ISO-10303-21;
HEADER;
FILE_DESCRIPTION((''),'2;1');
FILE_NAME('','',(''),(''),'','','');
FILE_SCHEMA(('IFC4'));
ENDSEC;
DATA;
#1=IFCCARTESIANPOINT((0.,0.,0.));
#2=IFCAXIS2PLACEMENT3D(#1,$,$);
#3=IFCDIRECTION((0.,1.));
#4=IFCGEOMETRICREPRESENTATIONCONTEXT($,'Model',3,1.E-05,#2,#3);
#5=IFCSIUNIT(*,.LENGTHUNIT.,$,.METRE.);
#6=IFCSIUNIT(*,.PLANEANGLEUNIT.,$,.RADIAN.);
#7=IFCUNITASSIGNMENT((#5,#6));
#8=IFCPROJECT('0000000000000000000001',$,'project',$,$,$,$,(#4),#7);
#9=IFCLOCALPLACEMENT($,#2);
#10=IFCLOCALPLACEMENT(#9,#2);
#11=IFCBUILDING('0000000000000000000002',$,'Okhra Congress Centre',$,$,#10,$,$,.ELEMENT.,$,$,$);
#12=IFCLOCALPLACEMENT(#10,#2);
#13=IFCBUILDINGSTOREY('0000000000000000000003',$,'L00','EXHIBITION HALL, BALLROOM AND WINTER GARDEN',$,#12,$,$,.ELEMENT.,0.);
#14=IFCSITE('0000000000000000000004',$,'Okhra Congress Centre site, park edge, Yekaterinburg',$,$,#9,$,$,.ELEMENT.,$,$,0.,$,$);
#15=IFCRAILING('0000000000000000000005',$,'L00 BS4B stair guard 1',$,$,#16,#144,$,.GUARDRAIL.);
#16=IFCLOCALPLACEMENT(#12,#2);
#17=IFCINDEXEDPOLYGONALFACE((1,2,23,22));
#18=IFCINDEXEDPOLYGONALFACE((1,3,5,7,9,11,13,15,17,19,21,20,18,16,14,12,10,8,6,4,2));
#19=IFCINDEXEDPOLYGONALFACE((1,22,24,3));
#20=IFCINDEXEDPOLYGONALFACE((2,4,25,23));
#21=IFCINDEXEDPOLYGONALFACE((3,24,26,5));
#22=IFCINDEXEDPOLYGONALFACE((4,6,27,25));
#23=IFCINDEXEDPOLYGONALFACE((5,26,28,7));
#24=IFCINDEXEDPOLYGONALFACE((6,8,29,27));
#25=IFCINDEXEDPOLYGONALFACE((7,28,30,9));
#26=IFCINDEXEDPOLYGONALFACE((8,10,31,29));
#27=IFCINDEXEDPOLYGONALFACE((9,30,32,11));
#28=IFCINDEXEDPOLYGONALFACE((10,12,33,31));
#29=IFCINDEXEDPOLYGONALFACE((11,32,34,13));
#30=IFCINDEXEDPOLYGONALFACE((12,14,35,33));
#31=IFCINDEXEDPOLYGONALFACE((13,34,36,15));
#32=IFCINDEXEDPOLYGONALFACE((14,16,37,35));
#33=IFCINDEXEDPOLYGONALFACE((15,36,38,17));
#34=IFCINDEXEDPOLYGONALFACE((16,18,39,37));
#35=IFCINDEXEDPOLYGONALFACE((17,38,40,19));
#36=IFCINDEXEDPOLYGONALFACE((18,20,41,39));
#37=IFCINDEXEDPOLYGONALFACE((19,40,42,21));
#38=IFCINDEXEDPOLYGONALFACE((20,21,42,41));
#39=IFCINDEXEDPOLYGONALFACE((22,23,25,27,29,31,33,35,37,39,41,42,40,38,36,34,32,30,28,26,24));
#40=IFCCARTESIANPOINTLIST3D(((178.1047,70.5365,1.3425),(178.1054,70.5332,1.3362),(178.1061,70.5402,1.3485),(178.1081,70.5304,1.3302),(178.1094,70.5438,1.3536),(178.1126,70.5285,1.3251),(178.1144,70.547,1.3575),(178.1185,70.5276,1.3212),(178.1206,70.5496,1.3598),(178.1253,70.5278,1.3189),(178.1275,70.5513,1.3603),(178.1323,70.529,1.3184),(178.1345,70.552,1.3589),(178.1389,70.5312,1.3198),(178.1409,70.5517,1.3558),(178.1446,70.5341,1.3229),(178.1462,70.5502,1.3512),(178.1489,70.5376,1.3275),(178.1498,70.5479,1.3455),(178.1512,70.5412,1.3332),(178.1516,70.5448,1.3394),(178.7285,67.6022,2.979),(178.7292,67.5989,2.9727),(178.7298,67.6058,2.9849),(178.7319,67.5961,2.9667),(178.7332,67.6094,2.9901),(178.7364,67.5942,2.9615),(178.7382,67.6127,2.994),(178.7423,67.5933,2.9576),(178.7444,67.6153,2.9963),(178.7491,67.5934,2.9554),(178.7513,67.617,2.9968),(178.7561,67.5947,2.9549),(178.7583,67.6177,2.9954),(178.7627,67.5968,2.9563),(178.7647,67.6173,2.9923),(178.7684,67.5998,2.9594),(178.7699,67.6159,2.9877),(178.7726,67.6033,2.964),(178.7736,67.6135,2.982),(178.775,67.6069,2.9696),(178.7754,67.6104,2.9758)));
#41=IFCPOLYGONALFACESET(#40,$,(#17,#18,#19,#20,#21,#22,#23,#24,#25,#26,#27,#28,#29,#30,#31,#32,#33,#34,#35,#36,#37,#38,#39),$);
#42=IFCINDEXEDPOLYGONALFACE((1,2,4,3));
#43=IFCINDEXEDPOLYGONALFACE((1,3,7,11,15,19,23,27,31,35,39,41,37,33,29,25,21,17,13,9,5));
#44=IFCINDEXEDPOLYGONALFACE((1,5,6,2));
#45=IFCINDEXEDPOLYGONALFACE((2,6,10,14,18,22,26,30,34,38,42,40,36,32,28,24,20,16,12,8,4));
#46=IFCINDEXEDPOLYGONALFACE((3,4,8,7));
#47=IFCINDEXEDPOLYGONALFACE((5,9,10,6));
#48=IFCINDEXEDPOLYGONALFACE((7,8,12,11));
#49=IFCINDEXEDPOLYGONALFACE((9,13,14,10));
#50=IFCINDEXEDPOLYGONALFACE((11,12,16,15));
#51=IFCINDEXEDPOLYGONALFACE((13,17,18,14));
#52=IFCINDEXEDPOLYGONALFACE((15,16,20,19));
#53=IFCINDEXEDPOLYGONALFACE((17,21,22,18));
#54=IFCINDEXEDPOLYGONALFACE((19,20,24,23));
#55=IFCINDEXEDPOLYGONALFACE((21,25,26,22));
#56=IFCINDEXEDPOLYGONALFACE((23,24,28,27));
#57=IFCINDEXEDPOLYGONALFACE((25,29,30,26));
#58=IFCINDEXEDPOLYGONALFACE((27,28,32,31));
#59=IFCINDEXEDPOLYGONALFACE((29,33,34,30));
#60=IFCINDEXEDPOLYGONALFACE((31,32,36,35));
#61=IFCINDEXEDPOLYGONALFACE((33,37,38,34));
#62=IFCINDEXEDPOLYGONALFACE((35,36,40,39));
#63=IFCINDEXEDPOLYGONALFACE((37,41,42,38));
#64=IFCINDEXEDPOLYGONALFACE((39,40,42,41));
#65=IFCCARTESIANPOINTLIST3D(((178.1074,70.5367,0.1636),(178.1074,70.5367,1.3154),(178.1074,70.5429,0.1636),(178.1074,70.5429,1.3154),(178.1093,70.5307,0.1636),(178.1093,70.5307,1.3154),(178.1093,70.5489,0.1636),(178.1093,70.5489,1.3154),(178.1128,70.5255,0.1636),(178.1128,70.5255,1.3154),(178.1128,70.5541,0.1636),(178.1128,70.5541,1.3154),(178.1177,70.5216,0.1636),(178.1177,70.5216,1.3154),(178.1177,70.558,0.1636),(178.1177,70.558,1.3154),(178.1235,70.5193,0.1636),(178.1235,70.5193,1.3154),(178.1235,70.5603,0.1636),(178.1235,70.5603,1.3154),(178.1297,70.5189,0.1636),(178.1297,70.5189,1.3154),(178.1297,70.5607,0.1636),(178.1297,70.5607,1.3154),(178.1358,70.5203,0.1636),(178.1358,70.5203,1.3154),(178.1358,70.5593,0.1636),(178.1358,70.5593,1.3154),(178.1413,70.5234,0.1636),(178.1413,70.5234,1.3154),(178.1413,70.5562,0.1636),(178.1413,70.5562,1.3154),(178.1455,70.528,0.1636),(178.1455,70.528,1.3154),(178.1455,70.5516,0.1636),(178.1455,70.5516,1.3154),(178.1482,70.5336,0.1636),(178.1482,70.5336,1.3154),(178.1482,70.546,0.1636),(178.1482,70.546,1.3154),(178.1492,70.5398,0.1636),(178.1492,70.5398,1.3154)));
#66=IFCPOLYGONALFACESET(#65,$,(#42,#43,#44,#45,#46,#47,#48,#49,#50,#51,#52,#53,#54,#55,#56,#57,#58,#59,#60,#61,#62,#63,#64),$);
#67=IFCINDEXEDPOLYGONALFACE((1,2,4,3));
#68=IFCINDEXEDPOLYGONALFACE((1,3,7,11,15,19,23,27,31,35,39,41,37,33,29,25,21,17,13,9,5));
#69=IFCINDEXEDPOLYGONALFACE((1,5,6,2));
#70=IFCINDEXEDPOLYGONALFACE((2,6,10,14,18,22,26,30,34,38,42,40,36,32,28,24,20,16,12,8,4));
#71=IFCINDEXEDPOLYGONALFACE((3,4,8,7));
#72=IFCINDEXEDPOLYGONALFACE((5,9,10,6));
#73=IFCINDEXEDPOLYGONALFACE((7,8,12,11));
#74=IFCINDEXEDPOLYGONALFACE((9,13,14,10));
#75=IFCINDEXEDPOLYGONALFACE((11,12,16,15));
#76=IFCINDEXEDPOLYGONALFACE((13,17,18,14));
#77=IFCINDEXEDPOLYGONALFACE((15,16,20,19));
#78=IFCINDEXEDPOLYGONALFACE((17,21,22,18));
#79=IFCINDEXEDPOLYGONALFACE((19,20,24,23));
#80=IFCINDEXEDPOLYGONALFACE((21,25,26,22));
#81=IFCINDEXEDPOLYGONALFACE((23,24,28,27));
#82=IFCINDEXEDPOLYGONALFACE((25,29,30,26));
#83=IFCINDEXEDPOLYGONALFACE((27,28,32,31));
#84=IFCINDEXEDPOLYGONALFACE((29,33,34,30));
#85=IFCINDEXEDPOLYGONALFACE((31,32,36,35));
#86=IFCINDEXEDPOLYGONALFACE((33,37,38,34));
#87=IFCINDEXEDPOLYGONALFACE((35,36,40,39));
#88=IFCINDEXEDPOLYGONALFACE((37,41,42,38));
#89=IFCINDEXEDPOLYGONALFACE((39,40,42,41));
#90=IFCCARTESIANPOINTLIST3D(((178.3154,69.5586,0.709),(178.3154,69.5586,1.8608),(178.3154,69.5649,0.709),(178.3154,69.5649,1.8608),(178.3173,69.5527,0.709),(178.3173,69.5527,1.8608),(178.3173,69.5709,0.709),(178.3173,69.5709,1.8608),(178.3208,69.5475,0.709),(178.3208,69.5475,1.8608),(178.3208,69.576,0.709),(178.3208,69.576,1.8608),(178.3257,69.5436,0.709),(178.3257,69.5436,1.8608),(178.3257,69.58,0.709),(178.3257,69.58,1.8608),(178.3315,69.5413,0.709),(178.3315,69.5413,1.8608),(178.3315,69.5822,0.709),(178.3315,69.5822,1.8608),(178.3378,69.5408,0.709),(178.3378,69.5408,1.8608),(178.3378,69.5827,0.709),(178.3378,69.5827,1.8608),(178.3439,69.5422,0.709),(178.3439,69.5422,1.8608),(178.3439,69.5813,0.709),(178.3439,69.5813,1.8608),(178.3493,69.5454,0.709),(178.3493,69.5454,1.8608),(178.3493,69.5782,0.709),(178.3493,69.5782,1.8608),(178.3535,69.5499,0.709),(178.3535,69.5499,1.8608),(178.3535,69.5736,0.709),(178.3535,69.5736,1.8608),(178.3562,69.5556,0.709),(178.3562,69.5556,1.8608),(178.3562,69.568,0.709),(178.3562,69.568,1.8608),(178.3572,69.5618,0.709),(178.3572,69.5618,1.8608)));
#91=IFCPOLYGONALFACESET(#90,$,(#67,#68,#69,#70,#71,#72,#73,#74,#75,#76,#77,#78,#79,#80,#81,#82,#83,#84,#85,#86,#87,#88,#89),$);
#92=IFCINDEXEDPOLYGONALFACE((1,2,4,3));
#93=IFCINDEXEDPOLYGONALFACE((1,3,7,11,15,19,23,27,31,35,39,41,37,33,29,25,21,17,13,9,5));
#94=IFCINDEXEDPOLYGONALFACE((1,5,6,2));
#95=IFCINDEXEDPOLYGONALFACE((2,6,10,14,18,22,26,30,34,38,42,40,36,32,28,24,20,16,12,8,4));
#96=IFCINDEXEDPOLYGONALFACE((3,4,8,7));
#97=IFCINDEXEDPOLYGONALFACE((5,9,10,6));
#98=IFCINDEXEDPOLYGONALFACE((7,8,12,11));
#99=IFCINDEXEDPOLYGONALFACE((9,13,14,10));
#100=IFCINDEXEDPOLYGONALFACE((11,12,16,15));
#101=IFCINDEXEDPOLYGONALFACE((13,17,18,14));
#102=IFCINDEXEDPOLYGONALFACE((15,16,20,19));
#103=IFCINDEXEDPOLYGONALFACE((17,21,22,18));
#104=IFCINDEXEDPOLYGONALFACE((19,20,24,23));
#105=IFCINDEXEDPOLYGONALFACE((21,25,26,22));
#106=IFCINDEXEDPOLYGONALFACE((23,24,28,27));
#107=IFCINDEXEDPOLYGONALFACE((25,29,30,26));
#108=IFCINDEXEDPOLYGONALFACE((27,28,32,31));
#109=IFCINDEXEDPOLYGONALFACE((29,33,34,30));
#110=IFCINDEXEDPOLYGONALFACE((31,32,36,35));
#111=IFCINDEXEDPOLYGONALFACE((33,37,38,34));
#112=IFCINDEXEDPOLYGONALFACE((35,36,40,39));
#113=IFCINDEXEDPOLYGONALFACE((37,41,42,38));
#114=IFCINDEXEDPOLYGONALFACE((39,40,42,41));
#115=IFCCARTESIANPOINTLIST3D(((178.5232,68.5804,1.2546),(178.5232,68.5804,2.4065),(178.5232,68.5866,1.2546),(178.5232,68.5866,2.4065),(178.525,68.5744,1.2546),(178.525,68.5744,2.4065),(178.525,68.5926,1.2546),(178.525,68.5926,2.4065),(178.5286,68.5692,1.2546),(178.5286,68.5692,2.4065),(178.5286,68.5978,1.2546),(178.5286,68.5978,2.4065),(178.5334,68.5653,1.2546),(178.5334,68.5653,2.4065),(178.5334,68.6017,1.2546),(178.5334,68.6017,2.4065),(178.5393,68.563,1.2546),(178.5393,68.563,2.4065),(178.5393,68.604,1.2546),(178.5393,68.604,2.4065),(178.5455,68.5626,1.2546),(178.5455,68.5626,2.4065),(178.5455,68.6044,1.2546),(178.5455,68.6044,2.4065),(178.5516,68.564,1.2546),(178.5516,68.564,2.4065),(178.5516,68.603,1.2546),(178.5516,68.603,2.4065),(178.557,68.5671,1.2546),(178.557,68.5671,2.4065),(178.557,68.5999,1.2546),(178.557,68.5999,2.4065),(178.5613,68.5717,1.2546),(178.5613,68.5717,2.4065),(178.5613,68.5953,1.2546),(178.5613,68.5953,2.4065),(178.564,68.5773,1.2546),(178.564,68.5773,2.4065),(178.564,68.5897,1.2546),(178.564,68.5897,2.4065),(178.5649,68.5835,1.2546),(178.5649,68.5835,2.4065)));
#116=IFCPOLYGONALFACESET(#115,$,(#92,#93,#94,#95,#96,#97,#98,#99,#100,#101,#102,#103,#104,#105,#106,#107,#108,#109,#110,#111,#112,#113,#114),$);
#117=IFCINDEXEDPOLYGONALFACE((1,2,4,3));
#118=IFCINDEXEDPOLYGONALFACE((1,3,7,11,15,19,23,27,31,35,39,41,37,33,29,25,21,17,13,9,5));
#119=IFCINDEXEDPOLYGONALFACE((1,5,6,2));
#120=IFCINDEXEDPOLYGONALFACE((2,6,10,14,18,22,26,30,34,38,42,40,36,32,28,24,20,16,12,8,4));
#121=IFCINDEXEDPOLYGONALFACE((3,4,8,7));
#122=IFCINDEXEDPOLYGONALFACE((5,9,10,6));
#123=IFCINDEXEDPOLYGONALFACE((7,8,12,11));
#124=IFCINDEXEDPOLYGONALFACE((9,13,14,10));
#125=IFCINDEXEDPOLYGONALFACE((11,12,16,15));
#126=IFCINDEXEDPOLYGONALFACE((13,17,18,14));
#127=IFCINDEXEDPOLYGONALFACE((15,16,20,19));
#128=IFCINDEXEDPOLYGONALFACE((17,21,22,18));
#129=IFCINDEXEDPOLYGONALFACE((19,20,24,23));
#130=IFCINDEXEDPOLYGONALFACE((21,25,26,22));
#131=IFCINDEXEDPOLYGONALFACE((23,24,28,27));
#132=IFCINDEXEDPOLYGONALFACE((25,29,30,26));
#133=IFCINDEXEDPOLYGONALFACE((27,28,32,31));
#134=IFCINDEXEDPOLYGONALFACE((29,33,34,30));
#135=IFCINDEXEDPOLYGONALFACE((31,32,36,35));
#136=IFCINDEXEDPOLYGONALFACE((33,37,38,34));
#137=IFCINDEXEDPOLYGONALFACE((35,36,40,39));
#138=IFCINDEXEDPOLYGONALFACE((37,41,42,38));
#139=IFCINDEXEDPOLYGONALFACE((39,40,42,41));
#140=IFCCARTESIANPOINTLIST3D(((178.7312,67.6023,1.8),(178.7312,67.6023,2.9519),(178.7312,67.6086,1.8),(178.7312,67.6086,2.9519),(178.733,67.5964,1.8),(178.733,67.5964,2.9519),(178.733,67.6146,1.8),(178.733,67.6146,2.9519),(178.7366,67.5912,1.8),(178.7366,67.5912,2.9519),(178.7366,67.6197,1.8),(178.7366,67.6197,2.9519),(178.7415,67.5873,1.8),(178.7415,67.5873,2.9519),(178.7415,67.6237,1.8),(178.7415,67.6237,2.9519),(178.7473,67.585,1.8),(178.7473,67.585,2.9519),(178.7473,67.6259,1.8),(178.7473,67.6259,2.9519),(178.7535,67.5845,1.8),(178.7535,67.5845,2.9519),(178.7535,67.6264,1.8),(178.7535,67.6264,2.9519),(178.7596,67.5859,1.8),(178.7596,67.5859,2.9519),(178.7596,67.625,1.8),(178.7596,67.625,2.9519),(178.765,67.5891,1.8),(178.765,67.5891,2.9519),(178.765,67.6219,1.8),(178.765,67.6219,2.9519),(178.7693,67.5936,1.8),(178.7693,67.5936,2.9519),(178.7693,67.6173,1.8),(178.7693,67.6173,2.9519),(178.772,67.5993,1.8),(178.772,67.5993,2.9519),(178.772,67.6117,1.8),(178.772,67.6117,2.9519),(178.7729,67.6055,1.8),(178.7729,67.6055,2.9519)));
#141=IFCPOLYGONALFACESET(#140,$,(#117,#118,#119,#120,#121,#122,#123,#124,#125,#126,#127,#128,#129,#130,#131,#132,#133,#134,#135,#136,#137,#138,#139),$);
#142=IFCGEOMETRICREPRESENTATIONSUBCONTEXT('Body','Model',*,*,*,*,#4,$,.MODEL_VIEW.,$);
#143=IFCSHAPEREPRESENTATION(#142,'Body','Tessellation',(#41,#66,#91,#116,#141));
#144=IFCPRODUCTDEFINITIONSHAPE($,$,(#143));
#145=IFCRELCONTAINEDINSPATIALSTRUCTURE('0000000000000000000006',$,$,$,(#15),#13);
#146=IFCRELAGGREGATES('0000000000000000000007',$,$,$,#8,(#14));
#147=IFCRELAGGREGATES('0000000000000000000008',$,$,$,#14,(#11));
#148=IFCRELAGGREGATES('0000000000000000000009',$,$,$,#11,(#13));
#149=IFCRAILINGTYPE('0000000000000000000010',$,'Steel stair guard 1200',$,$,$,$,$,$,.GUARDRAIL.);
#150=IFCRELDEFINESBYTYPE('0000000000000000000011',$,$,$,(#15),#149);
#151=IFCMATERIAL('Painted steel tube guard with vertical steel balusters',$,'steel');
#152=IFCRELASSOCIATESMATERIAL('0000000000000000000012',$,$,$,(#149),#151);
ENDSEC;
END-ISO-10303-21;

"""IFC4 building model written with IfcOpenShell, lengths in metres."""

from ifc_helpers import new_model, si_unit, direction, frame, origin, origin_2d, place, context, subcontext, project, spatial, circle, extrude, material, type_object, element, save


model = new_model("IFC4")

# Units and contexts
model_context = context("Model", 3, precision=1e-05, world=origin(), true_north=direction((0.0, 1.0)))
body_context = subcontext(model_context, "Body", "Model", "MODEL_VIEW")
ifc_project = project(units=[si_unit("LENGTHUNIT", "METRE"), si_unit("PLANEANGLEUNIT", "RADIAN")], contexts=[model_context])

# Site, building, storey
site_placement = place(None, origin())
site = spatial("IfcSite", under=ifc_project, at=site_placement, Name="Okhra Congress Centre site, park edge, Yekaterinburg", CompositionType="ELEMENT", RefElevation=0.0)
building_placement = place(site_placement, origin())
building = spatial("IfcBuilding", under=site, at=building_placement, Name="Okhra Congress Centre", CompositionType="ELEMENT")
storey_placement = place(building_placement, origin())
storey = spatial("IfcBuildingStorey", under=building, at=storey_placement, Name="L00", Description="EXHIBITION HALL, BALLROOM AND WINTER GARDEN", CompositionType="ELEMENT", Elevation=0.0)

# Railing
ifc_material_1 = material(Name="Painted steel tube guard with vertical steel balusters", Category="steel")
railing_type_1 = type_object("IfcRailingType", Name="Steel stair guard 1200", PredefinedType="GUARDRAIL", material=ifc_material_1)
railing_1_placement = place(storey_placement, frame((178.1282, 70.5398, 0.1636)))
element("IfcRailing", 1, at=railing_1_placement, inside=storey, type_object=railing_type_1, Name="L00 BS4B stair guard 1", PredefinedType="GUARDRAIL", context=body_context, shape_type="SweptSolid", body=[
    extrude(circle(Radius=0.0239, at=origin_2d()), frame((0.0, 0.0, 1.1758), z_axis=(0.18254, -0.858687, 0.47889), x_axis=(0.978143, 0.207934, 0.0)), (0.0, 0.0, 1.0), 3.4172),
    extrude(circle(Radius=0.021, at=origin_2d()), origin(), (0.0, 0.0, 1.0), 1.1519),
    extrude(circle(Radius=0.021, at=origin_2d()), frame((0.208, -0.978, 0.5454)), (0.0, 0.0, 1.0), 1.1519),
    extrude(circle(Radius=0.021, at=origin_2d()), frame((0.4158, -1.9563, 1.0911)), (0.0, 0.0, 1.0), 1.1519),
    extrude(circle(Radius=0.021, at=origin_2d()), frame((0.6238, -2.9343, 1.6365)), (0.0, 0.0, 1.0), 1.1519),
])

save(model, "model.ifc")
